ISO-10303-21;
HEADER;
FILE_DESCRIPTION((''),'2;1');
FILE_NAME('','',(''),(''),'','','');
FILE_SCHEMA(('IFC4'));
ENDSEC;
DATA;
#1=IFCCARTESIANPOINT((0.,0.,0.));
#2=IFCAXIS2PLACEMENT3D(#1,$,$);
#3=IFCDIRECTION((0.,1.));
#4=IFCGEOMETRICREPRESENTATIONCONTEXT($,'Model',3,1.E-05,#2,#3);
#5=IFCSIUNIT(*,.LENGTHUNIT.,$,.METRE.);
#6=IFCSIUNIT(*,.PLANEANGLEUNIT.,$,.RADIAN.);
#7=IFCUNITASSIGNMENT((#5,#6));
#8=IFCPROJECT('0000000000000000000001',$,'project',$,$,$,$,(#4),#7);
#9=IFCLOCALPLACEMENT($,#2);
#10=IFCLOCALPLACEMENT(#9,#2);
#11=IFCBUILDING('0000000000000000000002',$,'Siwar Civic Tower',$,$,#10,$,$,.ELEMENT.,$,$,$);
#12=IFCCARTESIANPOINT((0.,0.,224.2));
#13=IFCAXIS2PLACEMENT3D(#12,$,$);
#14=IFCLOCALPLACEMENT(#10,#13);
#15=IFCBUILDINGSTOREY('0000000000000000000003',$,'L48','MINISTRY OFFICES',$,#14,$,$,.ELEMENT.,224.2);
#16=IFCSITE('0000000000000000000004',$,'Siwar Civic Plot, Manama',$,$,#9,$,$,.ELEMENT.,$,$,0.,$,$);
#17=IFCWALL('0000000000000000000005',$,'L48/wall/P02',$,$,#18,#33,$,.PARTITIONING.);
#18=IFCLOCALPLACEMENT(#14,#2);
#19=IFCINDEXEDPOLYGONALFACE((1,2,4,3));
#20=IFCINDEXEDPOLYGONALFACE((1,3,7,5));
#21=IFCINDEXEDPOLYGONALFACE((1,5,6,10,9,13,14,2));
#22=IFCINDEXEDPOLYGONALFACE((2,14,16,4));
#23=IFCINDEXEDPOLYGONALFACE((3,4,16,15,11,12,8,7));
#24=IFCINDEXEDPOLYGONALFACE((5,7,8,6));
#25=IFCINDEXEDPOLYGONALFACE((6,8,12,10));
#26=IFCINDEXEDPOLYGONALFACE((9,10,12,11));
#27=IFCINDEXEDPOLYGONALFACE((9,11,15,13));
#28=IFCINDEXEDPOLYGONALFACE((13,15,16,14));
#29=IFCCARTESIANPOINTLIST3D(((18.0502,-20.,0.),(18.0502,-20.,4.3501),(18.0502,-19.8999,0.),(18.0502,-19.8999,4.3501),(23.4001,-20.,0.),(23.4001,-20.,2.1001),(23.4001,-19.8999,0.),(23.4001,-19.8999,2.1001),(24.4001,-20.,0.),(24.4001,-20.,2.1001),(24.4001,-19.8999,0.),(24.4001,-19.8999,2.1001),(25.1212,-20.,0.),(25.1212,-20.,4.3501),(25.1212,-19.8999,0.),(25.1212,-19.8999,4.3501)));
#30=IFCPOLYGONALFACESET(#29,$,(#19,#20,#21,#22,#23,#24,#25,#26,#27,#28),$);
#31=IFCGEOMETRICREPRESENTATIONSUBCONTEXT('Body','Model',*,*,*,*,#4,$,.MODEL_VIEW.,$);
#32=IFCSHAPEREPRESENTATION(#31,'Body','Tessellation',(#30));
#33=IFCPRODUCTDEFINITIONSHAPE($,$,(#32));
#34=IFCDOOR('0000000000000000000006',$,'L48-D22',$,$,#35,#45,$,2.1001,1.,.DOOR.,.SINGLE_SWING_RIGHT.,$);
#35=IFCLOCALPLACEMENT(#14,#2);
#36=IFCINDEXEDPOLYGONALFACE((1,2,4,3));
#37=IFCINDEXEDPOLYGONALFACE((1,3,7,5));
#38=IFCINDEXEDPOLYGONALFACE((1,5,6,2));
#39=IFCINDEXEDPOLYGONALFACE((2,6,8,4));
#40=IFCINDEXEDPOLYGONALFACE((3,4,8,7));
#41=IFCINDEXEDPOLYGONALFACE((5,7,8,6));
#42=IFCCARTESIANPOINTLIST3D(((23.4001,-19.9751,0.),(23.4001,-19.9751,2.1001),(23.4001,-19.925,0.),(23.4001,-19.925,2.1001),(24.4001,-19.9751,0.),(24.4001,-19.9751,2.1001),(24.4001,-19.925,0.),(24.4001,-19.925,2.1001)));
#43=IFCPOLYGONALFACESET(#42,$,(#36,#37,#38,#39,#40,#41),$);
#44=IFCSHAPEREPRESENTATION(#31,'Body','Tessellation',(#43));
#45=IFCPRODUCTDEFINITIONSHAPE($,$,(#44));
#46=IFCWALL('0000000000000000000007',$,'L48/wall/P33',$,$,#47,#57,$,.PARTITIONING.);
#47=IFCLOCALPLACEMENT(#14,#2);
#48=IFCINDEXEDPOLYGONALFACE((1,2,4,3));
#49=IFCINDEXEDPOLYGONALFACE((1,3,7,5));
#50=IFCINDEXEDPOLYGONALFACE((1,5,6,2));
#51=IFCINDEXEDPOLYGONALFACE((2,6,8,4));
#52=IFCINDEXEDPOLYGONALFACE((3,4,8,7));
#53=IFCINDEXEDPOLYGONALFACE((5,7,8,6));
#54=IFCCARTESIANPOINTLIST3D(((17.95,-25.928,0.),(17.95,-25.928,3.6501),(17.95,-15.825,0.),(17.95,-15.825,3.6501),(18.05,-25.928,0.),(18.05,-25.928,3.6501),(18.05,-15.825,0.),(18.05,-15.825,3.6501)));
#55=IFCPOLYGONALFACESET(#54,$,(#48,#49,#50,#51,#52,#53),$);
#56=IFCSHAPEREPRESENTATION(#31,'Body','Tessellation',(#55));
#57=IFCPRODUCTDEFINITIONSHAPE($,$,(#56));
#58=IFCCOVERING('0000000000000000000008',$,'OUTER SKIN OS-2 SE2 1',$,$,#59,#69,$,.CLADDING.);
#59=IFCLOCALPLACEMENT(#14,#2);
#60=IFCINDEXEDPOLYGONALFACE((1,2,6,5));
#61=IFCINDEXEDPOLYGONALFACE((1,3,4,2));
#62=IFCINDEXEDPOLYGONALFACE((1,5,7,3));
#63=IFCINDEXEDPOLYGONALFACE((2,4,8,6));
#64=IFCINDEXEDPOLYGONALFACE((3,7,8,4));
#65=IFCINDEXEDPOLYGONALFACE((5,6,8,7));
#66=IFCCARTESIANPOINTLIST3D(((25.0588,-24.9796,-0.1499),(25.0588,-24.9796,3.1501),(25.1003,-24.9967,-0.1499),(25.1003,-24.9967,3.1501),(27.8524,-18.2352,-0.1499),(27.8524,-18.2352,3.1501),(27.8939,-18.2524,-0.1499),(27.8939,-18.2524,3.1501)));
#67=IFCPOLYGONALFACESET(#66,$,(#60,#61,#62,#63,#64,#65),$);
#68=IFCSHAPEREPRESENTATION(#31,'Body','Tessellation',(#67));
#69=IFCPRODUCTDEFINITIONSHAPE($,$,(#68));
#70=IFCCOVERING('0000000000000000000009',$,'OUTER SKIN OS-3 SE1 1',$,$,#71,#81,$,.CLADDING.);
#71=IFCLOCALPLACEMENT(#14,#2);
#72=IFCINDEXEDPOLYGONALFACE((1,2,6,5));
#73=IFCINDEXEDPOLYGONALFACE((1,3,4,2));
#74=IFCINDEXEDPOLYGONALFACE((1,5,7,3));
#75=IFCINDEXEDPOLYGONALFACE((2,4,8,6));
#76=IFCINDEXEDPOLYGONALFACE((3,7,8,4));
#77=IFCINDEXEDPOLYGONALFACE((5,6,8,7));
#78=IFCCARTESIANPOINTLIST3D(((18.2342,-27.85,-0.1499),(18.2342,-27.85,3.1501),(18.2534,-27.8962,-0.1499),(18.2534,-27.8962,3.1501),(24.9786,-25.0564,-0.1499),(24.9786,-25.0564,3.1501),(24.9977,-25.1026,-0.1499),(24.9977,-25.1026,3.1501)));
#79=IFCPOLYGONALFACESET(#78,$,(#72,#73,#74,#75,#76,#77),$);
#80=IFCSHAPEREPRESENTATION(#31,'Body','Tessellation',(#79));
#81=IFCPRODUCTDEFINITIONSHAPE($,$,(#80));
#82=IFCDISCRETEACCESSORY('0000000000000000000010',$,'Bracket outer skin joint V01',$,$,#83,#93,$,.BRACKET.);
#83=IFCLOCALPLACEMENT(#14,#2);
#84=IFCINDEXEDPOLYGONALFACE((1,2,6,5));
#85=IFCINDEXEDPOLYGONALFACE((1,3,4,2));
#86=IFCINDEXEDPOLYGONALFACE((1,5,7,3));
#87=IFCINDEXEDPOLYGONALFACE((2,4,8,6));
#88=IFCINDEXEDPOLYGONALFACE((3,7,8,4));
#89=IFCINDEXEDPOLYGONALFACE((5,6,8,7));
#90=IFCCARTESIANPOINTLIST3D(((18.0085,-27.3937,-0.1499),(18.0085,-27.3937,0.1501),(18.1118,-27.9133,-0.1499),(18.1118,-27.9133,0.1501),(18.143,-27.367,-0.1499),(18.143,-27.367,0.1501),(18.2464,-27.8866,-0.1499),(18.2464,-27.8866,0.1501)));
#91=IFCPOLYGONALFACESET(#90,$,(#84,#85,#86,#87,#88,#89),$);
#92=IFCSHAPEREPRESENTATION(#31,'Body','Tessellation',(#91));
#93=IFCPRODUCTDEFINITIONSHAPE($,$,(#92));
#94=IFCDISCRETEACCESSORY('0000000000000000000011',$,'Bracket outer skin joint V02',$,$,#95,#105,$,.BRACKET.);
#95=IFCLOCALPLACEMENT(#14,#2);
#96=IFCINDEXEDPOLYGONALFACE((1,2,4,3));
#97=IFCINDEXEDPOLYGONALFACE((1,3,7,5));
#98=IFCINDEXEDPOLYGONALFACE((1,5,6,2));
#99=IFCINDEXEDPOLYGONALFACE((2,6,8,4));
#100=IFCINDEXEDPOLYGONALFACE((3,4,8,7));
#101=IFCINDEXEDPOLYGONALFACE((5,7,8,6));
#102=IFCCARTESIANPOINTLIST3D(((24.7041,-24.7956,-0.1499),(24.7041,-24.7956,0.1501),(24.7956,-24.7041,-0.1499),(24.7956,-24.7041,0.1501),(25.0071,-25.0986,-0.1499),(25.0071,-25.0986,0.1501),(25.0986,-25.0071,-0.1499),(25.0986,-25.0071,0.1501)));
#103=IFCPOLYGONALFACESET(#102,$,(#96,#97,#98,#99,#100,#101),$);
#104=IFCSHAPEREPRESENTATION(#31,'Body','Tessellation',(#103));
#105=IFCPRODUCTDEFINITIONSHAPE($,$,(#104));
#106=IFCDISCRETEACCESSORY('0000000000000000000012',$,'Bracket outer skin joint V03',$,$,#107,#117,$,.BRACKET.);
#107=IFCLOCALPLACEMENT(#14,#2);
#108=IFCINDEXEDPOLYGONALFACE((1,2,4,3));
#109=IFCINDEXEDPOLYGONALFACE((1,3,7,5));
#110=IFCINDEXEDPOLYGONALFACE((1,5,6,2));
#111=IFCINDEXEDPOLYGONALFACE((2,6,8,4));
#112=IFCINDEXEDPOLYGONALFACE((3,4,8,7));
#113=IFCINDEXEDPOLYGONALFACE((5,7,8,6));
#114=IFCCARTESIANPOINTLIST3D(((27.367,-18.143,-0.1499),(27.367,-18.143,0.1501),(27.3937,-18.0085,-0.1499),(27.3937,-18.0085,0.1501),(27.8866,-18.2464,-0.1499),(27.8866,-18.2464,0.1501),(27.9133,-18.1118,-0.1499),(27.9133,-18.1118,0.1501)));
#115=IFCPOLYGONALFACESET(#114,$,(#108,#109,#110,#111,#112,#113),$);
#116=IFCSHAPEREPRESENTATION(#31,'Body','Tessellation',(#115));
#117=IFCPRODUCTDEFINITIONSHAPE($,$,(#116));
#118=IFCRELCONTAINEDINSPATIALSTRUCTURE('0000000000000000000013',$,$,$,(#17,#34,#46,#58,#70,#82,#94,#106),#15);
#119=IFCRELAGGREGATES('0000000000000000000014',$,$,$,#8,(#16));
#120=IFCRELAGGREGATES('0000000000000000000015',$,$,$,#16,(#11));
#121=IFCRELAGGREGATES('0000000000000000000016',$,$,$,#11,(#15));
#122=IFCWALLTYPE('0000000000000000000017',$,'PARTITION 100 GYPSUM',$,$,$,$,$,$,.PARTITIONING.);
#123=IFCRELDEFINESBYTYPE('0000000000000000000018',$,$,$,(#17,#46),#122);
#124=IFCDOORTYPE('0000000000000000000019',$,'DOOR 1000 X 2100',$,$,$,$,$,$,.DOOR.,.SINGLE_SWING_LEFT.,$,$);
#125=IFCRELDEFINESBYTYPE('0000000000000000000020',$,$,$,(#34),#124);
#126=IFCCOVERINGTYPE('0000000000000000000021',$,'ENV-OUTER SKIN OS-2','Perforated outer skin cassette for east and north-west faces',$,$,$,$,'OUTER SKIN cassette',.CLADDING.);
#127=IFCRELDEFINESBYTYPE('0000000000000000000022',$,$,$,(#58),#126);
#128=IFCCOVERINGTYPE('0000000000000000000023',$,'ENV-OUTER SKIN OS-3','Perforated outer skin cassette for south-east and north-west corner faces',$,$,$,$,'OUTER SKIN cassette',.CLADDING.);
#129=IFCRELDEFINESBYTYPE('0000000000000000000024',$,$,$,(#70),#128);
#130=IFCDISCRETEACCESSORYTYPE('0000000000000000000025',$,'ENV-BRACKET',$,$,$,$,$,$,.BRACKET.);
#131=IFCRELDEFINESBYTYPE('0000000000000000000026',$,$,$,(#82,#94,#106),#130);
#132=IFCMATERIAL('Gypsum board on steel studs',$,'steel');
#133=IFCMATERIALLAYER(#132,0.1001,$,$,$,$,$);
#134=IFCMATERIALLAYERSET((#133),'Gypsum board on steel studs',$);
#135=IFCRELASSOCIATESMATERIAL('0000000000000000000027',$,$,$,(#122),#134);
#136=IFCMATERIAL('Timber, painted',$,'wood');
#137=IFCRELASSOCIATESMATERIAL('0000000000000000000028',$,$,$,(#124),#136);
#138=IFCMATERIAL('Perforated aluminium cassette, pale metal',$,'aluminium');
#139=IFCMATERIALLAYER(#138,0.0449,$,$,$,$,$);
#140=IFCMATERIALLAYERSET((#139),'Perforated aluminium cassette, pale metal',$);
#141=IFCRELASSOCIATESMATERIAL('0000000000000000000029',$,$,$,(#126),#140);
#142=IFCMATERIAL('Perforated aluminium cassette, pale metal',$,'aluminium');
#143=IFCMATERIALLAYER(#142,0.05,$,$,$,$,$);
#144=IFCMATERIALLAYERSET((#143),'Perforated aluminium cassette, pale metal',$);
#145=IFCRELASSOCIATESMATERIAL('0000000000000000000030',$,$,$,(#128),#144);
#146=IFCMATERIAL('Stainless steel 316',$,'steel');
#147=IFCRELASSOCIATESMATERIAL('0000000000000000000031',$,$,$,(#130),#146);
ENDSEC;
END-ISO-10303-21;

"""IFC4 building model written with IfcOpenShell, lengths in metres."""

from ifc_helpers import new_model, si_unit, direction, frame, frame_2d, origin, origin_2d, place, context, subcontext, project, spatial, rectangle, extrude, material, layer, layer_set, type_object, element, fill, save


model = new_model("IFC4")

# Units and contexts
model_context = context("Model", 3, precision=1e-05, world=origin(), true_north=direction((0.0, 1.0)))
body_context = subcontext(model_context, "Body", "Model", "MODEL_VIEW")
ifc_project = project(units=[si_unit("LENGTHUNIT", "METRE"), si_unit("PLANEANGLEUNIT", "RADIAN")], contexts=[model_context])

# Site, building, storey
site_placement = place(None, origin())
site = spatial("IfcSite", under=ifc_project, at=site_placement, Name="Siwar Civic Plot, Manama", CompositionType="ELEMENT", RefElevation=0.0)
building_placement = place(site_placement, origin())
building = spatial("IfcBuilding", under=site, at=building_placement, Name="Siwar Civic Tower", CompositionType="ELEMENT")
storey_placement = place(building_placement, frame((0.0, 0.0, 224.2)))
storey = spatial("IfcBuildingStorey", under=building, at=storey_placement, Name="L48", Description="MINISTRY OFFICES", CompositionType="ELEMENT", Elevation=224.2)

# Wall, opening, door
ifc_material_1 = material(Name="Gypsum board on steel studs", Category="steel")
ifc_layer_1 = layer(ifc_material_1, 0.1001)
ifc_layer_set_1 = layer_set([ifc_layer_1], Name="Gypsum board on steel studs")
wall_type = type_object("IfcWallType", Name="PARTITION 100 GYPSUM", PredefinedType="PARTITIONING", material=ifc_layer_set_1)
wall_1_placement = place(storey_placement, frame((18.05, -19.95, 0.0), z_axis=(0.0, 0.0, 1.0), x_axis=(1.0, 0.0, 0.0)))
wall_1 = element("IfcWall", 1, at=wall_1_placement, inside=storey, type_object=wall_type, Name="L48/wall/P02", PredefinedType="PARTITIONING", context=body_context, shape_type="SweptSolid", body=[
    extrude(rectangle(XDim=7.071, YDim=0.1001, at=frame_2d((3.5356, 0.0))), origin(), (0.0, 0.0, 1.0), 4.3501),
])
opening_placement = place(wall_1_placement, frame((5.3501, 0.0, 0.0)))
opening = element("IfcOpeningElement", 2, at=opening_placement, cuts=wall_1, PredefinedType="OPENING", context=body_context, shape_type="SweptSolid", body=[
    extrude(rectangle(XDim=1.0, YDim=2.1001, at=frame_2d((0.5, 1.05))), frame((0.0, 0.0601, 0.0), z_axis=(0.0, -1.0, 0.0), x_axis=(1.0, 0.0, 0.0)), (0.0, 0.0, 1.0), 0.1201),
])
ifc_material_2 = material(Name="Timber, painted", Category="wood")
door_type = type_object("IfcDoorType", Name="DOOR 1000 X 2100", OperationType="SINGLE_SWING_LEFT", PredefinedType="DOOR", material=ifc_material_2)
door_placement = place(opening_placement, origin())
door = element("IfcDoor", 3, at=door_placement, inside=storey, type_object=door_type, Name="L48-D22", OperationType="SINGLE_SWING_RIGHT", OverallHeight=2.1001, OverallWidth=1.0, PredefinedType="DOOR", context=body_context, shape_type="SweptSolid", body=[
    extrude(rectangle(XDim=1.0, YDim=2.1001, at=frame_2d((0.5, 1.05))), frame((0.0, 0.0249, 0.0), z_axis=(0.0, -1.0, 0.0), x_axis=(1.0, 0.0, 0.0)), (0.0, 0.0, 1.0), 0.05),
])
fill(opening, door)

# Wall
wall_2_placement = place(storey_placement, frame((18.0, -25.928, 0.0), z_axis=(0.0, 0.0, 1.0), x_axis=(0.0, 1.0, 0.0)))
element("IfcWall", 4, at=wall_2_placement, inside=storey, type_object=wall_type, Name="L48/wall/P33", PredefinedType="PARTITIONING", context=body_context, shape_type="SweptSolid", body=[
    extrude(rectangle(XDim=10.103, YDim=0.1001, at=frame_2d((5.0515, 0.0))), origin(), (0.0, 0.0, 1.0), 3.6501),
])

# Coverings
ifc_material_3 = material(Name="Perforated aluminium cassette, pale metal", Category="aluminium")
ifc_layer_2 = layer(ifc_material_3, 0.0449)
ifc_layer_set_2 = layer_set([ifc_layer_2], Name="Perforated aluminium cassette, pale metal")
covering_type_1 = type_object("IfcCoveringType", Name="ENV-OUTER SKIN OS-2", Description="Perforated outer skin cassette for east and north-west faces", ElementType="OUTER SKIN cassette", PredefinedType="CLADDING", material=ifc_layer_set_2)
covering_1_placement = place(storey_placement, frame((26.4763, -21.616, -0.1499), z_axis=(0.0, 0.0, 1.0), x_axis=(0.382683, 0.92388, 0.0)))
element("IfcCovering", 5, at=covering_1_placement, inside=storey, type_object=covering_type_1, Name="OUTER SKIN OS-2 SE2 1", PredefinedType="CLADDING", context=body_context, shape_type="SweptSolid", body=[
    extrude(rectangle(XDim=7.3, YDim=0.0449, at=origin_2d()), origin(), (0.0, 0.0, 1.0), 3.3),
])
ifc_material_4 = material(Name="Perforated aluminium cassette, pale metal", Category="aluminium")
ifc_layer_3 = layer(ifc_material_4, 0.05)
ifc_layer_set_3 = layer_set([ifc_layer_3], Name="Perforated aluminium cassette, pale metal")
covering_type_2 = type_object("IfcCoveringType", Name="ENV-OUTER SKIN OS-3", Description="Perforated outer skin cassette for south-east and north-west corner faces", ElementType="OUTER SKIN cassette", PredefinedType="CLADDING", material=ifc_layer_set_3)
covering_2_placement = place(storey_placement, frame((21.616, -26.4763, -0.1499), z_axis=(0.0, 0.0, 1.0), x_axis=(0.92388, 0.382683, 0.0)))
element("IfcCovering", 6, at=covering_2_placement, inside=storey, type_object=covering_type_2, Name="OUTER SKIN OS-3 SE1 1", PredefinedType="CLADDING", context=body_context, shape_type="SweptSolid", body=[
    extrude(rectangle(XDim=7.3, YDim=0.05, at=origin_2d()), origin(), (0.0, 0.0, 1.0), 3.3),
])

# Discrete accessories
ifc_material_5 = material(Name="Stainless steel 316", Category="steel")
discrete_accessory_type = type_object("IfcDiscreteAccessoryType", Name="ENV-BRACKET", PredefinedType="BRACKET", material=ifc_material_5)
discrete_accessory_1_placement = place(storey_placement, frame((18.1274, -27.6401, -0.1499), z_axis=(0.0, 0.0, 1.0), x_axis=(0.19509, -0.980785, 0.0)))
element("IfcDiscreteAccessory", 7, at=discrete_accessory_1_placement, inside=storey, type_object=discrete_accessory_type, Name="Bracket outer skin joint V01", PredefinedType="BRACKET", context=body_context, shape_type="SweptSolid", body=[
    extrude(rectangle(XDim=0.5298, YDim=0.1372, at=origin_2d()), origin(), (0.0, 0.0, 1.0), 0.3),
])
discrete_accessory_2_placement = place(storey_placement, frame((24.9014, -24.9014, -0.1499), z_axis=(0.0, 0.0, 1.0), x_axis=(0.707107, -0.707107, 0.0)))
element("IfcDiscreteAccessory", 8, at=discrete_accessory_2_placement, inside=storey, type_object=discrete_accessory_type, Name="Bracket outer skin joint V02", PredefinedType="BRACKET", context=body_context, shape_type="SweptSolid", body=[
    extrude(rectangle(XDim=0.4285, YDim=0.1294, at=origin_2d()), origin(), (0.0, 0.0, 1.0), 0.3),
])
discrete_accessory_3_placement = place(storey_placement, frame((27.6401, -18.1274, -0.1499), z_axis=(0.0, 0.0, 1.0), x_axis=(0.980785, -0.19509, 0.0)))
element("IfcDiscreteAccessory", 9, at=discrete_accessory_3_placement, inside=storey, type_object=discrete_accessory_type, Name="Bracket outer skin joint V03", PredefinedType="BRACKET", context=body_context, shape_type="SweptSolid", body=[
    extrude(rectangle(XDim=0.5298, YDim=0.1372, at=origin_2d()), origin(), (0.0, 0.0, 1.0), 0.3),
])

save(model, "model.ifc")
